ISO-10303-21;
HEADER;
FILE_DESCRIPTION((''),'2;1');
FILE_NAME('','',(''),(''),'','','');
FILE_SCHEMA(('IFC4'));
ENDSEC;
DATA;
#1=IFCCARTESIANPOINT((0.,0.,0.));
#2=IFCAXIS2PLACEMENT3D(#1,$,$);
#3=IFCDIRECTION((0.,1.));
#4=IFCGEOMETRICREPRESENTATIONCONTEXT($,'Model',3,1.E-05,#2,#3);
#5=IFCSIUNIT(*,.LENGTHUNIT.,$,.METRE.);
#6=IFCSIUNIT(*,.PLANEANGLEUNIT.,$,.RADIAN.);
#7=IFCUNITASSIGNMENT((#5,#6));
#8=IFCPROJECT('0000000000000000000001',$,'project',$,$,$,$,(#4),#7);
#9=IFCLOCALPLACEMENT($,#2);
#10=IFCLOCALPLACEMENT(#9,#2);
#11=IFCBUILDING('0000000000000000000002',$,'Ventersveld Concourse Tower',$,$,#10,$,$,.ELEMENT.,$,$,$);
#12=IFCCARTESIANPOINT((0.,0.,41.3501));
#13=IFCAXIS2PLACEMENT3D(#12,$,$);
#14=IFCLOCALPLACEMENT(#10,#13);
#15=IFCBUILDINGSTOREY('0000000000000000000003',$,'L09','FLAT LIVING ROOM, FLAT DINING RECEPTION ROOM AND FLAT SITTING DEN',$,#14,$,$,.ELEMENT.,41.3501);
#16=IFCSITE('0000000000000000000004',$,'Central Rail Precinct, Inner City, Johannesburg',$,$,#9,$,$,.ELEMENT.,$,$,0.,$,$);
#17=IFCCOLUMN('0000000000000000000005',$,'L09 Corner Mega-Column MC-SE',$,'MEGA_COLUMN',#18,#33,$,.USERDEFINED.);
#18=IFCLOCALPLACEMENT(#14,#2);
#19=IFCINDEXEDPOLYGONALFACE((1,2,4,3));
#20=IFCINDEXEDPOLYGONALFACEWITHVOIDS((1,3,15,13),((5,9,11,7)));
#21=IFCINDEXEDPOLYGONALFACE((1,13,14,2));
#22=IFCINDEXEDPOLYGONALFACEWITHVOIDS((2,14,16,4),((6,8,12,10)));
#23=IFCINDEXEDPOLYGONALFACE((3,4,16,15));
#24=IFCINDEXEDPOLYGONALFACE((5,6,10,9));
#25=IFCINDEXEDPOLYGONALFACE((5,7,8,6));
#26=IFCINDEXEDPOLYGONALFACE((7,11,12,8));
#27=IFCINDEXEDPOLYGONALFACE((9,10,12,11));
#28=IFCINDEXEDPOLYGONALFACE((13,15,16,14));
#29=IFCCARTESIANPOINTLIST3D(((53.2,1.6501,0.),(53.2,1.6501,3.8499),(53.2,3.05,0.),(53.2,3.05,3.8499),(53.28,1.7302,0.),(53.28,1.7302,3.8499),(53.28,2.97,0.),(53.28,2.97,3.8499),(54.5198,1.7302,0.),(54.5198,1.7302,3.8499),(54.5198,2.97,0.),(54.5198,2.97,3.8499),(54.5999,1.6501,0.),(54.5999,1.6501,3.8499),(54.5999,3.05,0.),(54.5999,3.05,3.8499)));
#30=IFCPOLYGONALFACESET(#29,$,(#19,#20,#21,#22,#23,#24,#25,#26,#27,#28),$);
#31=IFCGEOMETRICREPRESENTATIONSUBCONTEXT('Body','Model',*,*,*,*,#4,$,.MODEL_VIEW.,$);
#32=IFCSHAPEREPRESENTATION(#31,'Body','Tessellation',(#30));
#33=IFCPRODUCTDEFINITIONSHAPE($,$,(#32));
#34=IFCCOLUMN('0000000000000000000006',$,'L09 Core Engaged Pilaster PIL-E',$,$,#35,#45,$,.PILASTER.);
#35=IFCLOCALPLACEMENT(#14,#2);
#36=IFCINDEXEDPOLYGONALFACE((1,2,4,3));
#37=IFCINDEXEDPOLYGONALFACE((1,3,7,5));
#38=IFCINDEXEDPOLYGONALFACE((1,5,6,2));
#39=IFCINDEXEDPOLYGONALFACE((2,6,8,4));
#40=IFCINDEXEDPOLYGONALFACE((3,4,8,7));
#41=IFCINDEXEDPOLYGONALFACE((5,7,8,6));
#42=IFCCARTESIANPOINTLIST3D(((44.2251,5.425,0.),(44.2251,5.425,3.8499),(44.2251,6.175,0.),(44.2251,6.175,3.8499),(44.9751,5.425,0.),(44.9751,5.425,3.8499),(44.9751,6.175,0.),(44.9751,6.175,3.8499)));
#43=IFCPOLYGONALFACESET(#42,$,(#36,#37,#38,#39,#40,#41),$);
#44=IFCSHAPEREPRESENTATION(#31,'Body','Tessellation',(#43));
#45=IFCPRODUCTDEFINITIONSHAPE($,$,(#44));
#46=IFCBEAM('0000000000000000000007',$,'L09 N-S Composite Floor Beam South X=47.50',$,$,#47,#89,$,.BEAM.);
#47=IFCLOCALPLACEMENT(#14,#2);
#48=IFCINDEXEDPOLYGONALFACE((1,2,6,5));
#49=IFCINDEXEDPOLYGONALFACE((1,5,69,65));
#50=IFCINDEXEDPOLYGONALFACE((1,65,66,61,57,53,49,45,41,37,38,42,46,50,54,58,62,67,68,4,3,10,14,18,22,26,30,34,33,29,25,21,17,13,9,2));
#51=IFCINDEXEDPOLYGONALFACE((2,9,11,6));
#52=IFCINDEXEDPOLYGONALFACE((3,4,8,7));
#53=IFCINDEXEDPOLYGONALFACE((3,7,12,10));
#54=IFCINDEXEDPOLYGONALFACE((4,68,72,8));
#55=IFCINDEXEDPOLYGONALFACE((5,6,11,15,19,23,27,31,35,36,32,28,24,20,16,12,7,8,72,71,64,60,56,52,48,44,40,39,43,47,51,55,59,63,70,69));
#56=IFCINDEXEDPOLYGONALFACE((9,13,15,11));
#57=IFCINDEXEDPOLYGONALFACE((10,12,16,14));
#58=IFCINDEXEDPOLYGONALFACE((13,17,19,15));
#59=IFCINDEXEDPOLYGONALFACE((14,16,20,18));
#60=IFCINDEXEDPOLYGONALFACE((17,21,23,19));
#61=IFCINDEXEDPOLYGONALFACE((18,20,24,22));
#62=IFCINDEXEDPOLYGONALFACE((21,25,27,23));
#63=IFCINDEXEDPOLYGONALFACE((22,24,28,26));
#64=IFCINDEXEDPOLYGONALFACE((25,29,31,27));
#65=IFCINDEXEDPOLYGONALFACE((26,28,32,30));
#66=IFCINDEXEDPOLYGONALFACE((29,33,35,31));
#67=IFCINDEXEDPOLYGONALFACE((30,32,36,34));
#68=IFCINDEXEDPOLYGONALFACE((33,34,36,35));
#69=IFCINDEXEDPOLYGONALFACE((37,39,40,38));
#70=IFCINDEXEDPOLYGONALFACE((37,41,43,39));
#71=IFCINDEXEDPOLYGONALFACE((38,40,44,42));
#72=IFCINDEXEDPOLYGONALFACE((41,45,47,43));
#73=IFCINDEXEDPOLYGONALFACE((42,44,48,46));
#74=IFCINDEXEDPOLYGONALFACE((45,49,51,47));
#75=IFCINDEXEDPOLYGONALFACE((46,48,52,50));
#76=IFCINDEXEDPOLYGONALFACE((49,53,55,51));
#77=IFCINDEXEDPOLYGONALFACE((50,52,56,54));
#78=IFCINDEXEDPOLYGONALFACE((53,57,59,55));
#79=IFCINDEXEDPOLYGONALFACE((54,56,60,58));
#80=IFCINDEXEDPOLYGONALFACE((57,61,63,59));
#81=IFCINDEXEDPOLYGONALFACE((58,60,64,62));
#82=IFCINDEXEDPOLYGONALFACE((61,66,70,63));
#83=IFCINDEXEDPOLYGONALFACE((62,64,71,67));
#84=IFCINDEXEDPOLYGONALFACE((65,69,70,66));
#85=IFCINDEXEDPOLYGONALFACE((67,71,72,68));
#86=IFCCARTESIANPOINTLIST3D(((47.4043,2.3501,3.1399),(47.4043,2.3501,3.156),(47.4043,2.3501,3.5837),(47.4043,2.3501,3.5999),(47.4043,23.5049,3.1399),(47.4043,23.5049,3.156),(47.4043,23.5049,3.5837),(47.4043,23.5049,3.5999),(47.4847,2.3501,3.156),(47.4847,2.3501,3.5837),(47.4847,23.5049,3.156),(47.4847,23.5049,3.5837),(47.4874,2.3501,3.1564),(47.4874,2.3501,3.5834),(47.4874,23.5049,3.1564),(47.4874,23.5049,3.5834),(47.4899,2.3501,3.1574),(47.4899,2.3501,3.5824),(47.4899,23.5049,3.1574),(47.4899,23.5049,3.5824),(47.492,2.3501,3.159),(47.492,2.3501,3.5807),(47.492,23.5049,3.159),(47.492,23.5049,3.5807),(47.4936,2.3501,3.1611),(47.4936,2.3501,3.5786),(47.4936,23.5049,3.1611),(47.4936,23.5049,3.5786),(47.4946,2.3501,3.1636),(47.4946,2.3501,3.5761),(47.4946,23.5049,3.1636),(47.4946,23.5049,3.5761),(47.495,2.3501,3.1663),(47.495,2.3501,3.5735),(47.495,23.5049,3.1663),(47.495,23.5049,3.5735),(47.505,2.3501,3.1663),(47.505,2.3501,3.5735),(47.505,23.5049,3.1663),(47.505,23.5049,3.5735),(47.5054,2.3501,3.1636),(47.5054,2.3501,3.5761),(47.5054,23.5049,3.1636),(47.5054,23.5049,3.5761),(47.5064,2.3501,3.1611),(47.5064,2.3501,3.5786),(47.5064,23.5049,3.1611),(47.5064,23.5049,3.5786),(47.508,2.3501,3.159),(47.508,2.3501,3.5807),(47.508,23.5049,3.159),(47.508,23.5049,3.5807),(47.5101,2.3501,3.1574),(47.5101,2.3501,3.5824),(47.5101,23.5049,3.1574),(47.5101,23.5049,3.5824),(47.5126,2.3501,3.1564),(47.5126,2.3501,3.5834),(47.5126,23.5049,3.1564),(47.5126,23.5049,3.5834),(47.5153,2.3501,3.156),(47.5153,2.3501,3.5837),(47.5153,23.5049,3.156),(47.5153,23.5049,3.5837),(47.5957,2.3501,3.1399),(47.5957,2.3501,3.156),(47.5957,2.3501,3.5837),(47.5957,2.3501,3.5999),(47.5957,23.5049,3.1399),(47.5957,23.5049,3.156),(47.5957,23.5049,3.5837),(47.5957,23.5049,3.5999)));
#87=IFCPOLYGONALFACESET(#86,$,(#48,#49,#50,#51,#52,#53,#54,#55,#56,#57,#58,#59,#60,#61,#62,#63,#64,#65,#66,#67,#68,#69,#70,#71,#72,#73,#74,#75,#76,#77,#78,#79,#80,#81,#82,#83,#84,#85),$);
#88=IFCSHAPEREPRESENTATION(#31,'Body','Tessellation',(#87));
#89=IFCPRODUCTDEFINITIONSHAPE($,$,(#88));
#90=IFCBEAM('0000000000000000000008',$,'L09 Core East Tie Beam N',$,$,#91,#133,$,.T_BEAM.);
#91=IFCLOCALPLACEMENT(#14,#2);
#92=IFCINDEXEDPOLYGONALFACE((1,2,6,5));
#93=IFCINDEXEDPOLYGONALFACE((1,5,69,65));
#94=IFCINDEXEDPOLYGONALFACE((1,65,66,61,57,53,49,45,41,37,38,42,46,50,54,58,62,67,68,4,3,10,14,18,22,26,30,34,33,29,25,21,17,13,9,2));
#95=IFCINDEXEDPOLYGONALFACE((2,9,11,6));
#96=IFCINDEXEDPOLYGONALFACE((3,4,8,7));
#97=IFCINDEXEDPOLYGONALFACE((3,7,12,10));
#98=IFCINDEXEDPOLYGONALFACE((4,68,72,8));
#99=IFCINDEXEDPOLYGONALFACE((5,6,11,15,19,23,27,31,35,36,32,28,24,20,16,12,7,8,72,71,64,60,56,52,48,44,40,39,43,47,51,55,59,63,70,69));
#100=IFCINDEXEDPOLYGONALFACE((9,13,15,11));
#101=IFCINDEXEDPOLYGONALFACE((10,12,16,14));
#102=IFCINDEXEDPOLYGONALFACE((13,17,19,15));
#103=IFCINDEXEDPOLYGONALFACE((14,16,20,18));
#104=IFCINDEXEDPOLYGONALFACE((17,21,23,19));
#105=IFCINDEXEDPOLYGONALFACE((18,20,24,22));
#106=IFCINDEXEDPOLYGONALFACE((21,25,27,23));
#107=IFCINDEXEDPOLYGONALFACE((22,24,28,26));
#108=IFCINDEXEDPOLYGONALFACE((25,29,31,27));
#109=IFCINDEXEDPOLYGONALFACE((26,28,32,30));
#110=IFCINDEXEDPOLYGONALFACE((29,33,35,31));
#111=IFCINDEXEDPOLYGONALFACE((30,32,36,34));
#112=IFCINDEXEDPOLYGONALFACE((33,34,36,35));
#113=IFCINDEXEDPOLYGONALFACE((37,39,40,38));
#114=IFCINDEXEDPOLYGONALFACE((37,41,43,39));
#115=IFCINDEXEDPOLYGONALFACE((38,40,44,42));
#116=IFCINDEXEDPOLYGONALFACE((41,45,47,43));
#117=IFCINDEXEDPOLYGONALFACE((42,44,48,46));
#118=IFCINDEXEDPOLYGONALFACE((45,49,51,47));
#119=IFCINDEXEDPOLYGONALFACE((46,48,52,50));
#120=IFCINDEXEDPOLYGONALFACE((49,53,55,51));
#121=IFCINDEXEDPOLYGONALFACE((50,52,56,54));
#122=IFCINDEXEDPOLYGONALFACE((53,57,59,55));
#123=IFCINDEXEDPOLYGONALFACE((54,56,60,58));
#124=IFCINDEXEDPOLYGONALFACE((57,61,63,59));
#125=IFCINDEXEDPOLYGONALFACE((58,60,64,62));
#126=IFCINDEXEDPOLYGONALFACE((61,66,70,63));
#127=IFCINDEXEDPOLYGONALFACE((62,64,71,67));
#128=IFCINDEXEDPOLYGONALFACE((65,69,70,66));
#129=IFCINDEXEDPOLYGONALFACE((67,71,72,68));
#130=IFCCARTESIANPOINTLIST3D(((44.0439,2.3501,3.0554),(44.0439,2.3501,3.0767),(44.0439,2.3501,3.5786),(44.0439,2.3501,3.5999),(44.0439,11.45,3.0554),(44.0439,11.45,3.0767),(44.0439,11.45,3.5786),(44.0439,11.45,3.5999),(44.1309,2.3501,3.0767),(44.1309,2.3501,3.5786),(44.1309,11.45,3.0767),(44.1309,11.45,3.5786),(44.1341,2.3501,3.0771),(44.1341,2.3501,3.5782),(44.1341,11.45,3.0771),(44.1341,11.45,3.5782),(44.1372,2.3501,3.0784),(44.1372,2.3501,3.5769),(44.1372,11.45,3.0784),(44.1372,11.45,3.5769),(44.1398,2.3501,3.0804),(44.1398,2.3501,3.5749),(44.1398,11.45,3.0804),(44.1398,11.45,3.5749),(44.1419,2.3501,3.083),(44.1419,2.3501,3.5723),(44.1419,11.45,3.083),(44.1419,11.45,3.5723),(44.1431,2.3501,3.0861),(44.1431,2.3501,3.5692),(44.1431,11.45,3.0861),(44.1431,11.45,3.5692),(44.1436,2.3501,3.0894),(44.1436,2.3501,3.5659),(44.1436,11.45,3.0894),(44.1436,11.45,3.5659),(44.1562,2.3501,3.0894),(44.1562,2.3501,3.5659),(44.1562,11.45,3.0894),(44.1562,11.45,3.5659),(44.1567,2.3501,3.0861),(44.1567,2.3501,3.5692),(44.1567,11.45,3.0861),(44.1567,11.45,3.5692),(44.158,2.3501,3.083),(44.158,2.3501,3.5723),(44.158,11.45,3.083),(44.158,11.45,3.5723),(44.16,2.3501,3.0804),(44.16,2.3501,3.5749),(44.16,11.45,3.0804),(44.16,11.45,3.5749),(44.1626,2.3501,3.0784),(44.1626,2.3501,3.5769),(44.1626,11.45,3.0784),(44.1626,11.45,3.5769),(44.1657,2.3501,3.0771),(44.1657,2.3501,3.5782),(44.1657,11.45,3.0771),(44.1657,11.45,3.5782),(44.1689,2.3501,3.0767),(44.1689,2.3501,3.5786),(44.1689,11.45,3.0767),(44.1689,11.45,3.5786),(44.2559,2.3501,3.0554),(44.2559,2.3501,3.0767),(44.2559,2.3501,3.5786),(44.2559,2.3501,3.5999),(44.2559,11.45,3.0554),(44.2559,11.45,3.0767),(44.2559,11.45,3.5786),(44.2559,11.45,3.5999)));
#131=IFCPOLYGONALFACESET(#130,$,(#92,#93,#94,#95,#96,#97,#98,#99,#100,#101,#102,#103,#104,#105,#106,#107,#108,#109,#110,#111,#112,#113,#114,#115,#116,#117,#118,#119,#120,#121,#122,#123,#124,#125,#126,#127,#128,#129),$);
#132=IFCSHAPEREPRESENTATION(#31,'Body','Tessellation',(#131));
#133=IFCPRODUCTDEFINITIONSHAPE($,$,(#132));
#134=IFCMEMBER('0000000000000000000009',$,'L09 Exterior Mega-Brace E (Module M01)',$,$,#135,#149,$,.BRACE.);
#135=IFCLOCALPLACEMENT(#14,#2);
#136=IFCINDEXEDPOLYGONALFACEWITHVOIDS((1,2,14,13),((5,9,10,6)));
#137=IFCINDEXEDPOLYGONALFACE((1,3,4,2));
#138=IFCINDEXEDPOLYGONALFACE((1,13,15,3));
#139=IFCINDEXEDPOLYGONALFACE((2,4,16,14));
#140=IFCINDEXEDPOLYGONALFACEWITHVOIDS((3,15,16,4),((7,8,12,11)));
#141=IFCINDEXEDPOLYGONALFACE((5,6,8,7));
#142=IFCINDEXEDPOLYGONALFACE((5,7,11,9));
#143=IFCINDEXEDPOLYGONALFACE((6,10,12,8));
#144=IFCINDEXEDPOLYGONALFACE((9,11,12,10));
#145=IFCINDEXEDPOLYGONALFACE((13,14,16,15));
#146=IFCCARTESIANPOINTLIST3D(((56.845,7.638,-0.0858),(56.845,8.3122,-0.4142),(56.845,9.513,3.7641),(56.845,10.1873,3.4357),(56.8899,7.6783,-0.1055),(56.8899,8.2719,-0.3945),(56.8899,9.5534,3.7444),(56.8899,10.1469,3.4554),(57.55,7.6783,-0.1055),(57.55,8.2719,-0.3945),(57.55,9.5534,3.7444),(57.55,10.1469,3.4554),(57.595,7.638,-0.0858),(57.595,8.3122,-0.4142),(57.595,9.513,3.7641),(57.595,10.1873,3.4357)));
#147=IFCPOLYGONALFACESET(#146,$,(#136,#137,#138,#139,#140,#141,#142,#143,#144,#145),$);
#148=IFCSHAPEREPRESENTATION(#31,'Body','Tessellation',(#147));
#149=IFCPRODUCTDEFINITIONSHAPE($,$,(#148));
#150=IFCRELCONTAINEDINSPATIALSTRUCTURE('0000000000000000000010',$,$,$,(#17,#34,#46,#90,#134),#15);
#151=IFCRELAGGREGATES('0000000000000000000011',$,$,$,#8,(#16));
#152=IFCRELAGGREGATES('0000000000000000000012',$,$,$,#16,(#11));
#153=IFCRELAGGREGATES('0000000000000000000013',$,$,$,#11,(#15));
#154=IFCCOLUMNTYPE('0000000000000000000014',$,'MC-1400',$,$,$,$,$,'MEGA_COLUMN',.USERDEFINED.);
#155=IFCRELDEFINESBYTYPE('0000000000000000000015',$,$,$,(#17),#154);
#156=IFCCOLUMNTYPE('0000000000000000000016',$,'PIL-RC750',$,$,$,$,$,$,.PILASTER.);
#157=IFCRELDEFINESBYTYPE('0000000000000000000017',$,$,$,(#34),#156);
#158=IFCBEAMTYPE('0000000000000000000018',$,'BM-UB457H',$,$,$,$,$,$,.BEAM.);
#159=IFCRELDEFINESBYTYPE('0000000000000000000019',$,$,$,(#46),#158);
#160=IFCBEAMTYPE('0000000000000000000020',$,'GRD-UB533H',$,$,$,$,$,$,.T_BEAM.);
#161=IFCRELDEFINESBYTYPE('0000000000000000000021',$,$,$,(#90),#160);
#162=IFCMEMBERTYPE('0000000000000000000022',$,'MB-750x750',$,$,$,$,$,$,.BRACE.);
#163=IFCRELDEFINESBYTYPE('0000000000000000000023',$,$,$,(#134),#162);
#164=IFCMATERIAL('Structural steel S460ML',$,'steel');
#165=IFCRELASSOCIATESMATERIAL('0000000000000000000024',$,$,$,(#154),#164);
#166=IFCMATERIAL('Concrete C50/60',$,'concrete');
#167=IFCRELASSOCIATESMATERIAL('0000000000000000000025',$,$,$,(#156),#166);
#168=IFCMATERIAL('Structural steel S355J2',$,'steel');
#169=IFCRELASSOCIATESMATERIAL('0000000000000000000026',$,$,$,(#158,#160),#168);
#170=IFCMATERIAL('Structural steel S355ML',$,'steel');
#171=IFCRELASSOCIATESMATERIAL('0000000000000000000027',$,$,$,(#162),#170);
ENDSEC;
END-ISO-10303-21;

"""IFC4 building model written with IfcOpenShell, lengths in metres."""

from ifc_helpers import new_model, si_unit, direction, frame, origin, origin_2d, place, context, subcontext, project, spatial, rectangle, hollow_rectangle, i_section, extrude, material, material_profile, profile_set, type_object, element, save


model = new_model("IFC4")

# Units and contexts
model_context = context("Model", 3, precision=1e-05, world=origin(), true_north=direction((0.0, 1.0)))
body_context = subcontext(model_context, "Body", "Model", "MODEL_VIEW")
ifc_project = project(units=[si_unit("LENGTHUNIT", "METRE"), si_unit("PLANEANGLEUNIT", "RADIAN")], contexts=[model_context])

# Site, building, storey
site_placement = place(None, origin())
site = spatial("IfcSite", under=ifc_project, at=site_placement, Name="Central Rail Precinct, Inner City, Johannesburg", CompositionType="ELEMENT", RefElevation=0.0)
building_placement = place(site_placement, origin())
building = spatial("IfcBuilding", under=site, at=building_placement, Name="Ventersveld Concourse Tower", CompositionType="ELEMENT")
storey_placement = place(building_placement, frame((0.0, 0.0, 41.3501)))
storey = spatial("IfcBuildingStorey", under=building, at=storey_placement, Name="L09", Description="FLAT LIVING ROOM, FLAT DINING RECEPTION ROOM AND FLAT SITTING DEN", CompositionType="ELEMENT", Elevation=41.3501)

# Columns
ifc_material_1 = material(Name="Structural steel S460ML", Category="steel")
ifc_material_profile_1 = material_profile(ifc_material_1, hollow_rectangle(XDim=1.3999, YDim=1.3999, WallThickness=0.0801, at=origin_2d()), Name="BOX 1400x1400x80")
ifc_profile_set_1 = profile_set([ifc_material_profile_1], Name="Structural steel S460ML")
column_type_1 = type_object("IfcColumnType", Name="MC-1400", ElementType="MEGA_COLUMN", PredefinedType="USERDEFINED", material=ifc_profile_set_1)
column_1_placement = place(storey_placement, frame((53.8999, 2.3501, 0.0), z_axis=(0.0, 0.0, 1.0), x_axis=(1.0, 0.0, 0.0)))
element("IfcColumn", 1, at=column_1_placement, inside=storey, type_object=column_type_1, Name="L09 Corner Mega-Column MC-SE", ObjectType="MEGA_COLUMN", PredefinedType="USERDEFINED", context=body_context, shape_type="SweptSolid", body=[
    extrude(hollow_rectangle(XDim=1.3999, YDim=1.3999, WallThickness=0.0801, at=origin_2d()), origin(), (0.0, 0.0, 1.0), 3.8499),
])
ifc_material_2 = material(Name="Concrete C50/60", Category="concrete")
ifc_material_profile_2 = material_profile(ifc_material_2, rectangle(XDim=0.75, YDim=0.75, at=origin_2d()), Name="RC 750x750")
ifc_profile_set_2 = profile_set([ifc_material_profile_2], Name="Concrete C50/60")
column_type_2 = type_object("IfcColumnType", Name="PIL-RC750", PredefinedType="PILASTER", material=ifc_profile_set_2)
column_2_placement = place(storey_placement, frame((44.6001, 5.8, 0.0), z_axis=(0.0, 0.0, 1.0), x_axis=(1.0, 0.0, 0.0)))
element("IfcColumn", 2, at=column_2_placement, inside=storey, type_object=column_type_2, Name="L09 Core Engaged Pilaster PIL-E", PredefinedType="PILASTER", context=body_context, shape_type="SweptSolid", body=[
    extrude(rectangle(XDim=0.75, YDim=0.75, at=origin_2d()), origin(), (0.0, 0.0, 1.0), 3.8499),
])

# Beams
ifc_material_3 = material(Name="Structural steel S355J2", Category="steel")
ifc_material_profile_3 = material_profile(ifc_material_3, i_section(OverallWidth=0.1914, OverallDepth=0.46, WebThickness=0.01, FlangeThickness=0.0161, FilletRadius=0.0103, at=origin_2d()), Name="UB 457x191x82")
ifc_profile_set_3 = profile_set([ifc_material_profile_3], Name="Structural steel S355J2")
beam_type_1 = type_object("IfcBeamType", Name="BM-UB457H", PredefinedType="BEAM", material=ifc_profile_set_3)
beam_1_placement = place(storey_placement, frame((47.5, 2.3501, 3.3699), z_axis=(0.0, 1.0, 0.0), x_axis=(-1.0, 0.0, 0.0)))
element("IfcBeam", 3, at=beam_1_placement, inside=storey, type_object=beam_type_1, Name="L09 N-S Composite Floor Beam South X=47.50", PredefinedType="BEAM", context=body_context, shape_type="SweptSolid", body=[
    extrude(i_section(OverallWidth=0.1914, OverallDepth=0.46, WebThickness=0.01, FlangeThickness=0.0161, FilletRadius=0.0103, at=origin_2d()), origin(), (0.0, 0.0, 1.0), 21.1548),
])
ifc_material_profile_4 = material_profile(ifc_material_3, i_section(OverallWidth=0.2119, OverallDepth=0.5444, WebThickness=0.0127, FlangeThickness=0.0212, FilletRadius=0.0127, at=origin_2d()), Name="UB 533x210x122")
ifc_profile_set_4 = profile_set([ifc_material_profile_4], Name="Structural steel S355J2")
beam_type_2 = type_object("IfcBeamType", Name="GRD-UB533H", PredefinedType="T_BEAM", material=ifc_profile_set_4)
beam_2_placement = place(storey_placement, frame((44.1499, 2.3501, 3.3276), z_axis=(0.0, 1.0, 0.0), x_axis=(-1.0, 0.0, 0.0)))
element("IfcBeam", 4, at=beam_2_placement, inside=storey, type_object=beam_type_2, Name="L09 Core East Tie Beam N", PredefinedType="T_BEAM", context=body_context, shape_type="SweptSolid", body=[
    extrude(i_section(OverallWidth=0.2119, OverallDepth=0.5444, WebThickness=0.0127, FlangeThickness=0.0212, FilletRadius=0.0127, at=origin_2d()), origin(), (0.0, 0.0, 1.0), 9.0999),
])

# Member
ifc_material_4 = material(Name="Structural steel S355ML", Category="steel")
ifc_material_profile_5 = material_profile(ifc_material_4, hollow_rectangle(XDim=0.75, YDim=0.75, WallThickness=0.0449, at=origin_2d()), Name="BOX 750x750x45")
ifc_profile_set_5 = profile_set([ifc_material_profile_5], Name="Structural steel S355ML")
member_type = type_object("IfcMemberType", Name="MB-750x750", PredefinedType="BRACE", material=ifc_profile_set_5)
member_placement = place(storey_placement, frame((57.22, 7.9751, -0.25), z_axis=(0.0, 0.437862, 0.899042), x_axis=(-1.0, 0.0, 0.0)))
element("IfcMember", 5, at=member_placement, inside=storey, type_object=member_type, Name="L09 Exterior Mega-Brace E (Module M01)", PredefinedType="BRACE", context=body_context, shape_type="SweptSolid", body=[
    extrude(hollow_rectangle(XDim=0.75, YDim=0.75, WallThickness=0.0449, at=origin_2d()), origin(), (0.0, 0.0, 1.0), 4.2822),
])

save(model, "model.ifc")
